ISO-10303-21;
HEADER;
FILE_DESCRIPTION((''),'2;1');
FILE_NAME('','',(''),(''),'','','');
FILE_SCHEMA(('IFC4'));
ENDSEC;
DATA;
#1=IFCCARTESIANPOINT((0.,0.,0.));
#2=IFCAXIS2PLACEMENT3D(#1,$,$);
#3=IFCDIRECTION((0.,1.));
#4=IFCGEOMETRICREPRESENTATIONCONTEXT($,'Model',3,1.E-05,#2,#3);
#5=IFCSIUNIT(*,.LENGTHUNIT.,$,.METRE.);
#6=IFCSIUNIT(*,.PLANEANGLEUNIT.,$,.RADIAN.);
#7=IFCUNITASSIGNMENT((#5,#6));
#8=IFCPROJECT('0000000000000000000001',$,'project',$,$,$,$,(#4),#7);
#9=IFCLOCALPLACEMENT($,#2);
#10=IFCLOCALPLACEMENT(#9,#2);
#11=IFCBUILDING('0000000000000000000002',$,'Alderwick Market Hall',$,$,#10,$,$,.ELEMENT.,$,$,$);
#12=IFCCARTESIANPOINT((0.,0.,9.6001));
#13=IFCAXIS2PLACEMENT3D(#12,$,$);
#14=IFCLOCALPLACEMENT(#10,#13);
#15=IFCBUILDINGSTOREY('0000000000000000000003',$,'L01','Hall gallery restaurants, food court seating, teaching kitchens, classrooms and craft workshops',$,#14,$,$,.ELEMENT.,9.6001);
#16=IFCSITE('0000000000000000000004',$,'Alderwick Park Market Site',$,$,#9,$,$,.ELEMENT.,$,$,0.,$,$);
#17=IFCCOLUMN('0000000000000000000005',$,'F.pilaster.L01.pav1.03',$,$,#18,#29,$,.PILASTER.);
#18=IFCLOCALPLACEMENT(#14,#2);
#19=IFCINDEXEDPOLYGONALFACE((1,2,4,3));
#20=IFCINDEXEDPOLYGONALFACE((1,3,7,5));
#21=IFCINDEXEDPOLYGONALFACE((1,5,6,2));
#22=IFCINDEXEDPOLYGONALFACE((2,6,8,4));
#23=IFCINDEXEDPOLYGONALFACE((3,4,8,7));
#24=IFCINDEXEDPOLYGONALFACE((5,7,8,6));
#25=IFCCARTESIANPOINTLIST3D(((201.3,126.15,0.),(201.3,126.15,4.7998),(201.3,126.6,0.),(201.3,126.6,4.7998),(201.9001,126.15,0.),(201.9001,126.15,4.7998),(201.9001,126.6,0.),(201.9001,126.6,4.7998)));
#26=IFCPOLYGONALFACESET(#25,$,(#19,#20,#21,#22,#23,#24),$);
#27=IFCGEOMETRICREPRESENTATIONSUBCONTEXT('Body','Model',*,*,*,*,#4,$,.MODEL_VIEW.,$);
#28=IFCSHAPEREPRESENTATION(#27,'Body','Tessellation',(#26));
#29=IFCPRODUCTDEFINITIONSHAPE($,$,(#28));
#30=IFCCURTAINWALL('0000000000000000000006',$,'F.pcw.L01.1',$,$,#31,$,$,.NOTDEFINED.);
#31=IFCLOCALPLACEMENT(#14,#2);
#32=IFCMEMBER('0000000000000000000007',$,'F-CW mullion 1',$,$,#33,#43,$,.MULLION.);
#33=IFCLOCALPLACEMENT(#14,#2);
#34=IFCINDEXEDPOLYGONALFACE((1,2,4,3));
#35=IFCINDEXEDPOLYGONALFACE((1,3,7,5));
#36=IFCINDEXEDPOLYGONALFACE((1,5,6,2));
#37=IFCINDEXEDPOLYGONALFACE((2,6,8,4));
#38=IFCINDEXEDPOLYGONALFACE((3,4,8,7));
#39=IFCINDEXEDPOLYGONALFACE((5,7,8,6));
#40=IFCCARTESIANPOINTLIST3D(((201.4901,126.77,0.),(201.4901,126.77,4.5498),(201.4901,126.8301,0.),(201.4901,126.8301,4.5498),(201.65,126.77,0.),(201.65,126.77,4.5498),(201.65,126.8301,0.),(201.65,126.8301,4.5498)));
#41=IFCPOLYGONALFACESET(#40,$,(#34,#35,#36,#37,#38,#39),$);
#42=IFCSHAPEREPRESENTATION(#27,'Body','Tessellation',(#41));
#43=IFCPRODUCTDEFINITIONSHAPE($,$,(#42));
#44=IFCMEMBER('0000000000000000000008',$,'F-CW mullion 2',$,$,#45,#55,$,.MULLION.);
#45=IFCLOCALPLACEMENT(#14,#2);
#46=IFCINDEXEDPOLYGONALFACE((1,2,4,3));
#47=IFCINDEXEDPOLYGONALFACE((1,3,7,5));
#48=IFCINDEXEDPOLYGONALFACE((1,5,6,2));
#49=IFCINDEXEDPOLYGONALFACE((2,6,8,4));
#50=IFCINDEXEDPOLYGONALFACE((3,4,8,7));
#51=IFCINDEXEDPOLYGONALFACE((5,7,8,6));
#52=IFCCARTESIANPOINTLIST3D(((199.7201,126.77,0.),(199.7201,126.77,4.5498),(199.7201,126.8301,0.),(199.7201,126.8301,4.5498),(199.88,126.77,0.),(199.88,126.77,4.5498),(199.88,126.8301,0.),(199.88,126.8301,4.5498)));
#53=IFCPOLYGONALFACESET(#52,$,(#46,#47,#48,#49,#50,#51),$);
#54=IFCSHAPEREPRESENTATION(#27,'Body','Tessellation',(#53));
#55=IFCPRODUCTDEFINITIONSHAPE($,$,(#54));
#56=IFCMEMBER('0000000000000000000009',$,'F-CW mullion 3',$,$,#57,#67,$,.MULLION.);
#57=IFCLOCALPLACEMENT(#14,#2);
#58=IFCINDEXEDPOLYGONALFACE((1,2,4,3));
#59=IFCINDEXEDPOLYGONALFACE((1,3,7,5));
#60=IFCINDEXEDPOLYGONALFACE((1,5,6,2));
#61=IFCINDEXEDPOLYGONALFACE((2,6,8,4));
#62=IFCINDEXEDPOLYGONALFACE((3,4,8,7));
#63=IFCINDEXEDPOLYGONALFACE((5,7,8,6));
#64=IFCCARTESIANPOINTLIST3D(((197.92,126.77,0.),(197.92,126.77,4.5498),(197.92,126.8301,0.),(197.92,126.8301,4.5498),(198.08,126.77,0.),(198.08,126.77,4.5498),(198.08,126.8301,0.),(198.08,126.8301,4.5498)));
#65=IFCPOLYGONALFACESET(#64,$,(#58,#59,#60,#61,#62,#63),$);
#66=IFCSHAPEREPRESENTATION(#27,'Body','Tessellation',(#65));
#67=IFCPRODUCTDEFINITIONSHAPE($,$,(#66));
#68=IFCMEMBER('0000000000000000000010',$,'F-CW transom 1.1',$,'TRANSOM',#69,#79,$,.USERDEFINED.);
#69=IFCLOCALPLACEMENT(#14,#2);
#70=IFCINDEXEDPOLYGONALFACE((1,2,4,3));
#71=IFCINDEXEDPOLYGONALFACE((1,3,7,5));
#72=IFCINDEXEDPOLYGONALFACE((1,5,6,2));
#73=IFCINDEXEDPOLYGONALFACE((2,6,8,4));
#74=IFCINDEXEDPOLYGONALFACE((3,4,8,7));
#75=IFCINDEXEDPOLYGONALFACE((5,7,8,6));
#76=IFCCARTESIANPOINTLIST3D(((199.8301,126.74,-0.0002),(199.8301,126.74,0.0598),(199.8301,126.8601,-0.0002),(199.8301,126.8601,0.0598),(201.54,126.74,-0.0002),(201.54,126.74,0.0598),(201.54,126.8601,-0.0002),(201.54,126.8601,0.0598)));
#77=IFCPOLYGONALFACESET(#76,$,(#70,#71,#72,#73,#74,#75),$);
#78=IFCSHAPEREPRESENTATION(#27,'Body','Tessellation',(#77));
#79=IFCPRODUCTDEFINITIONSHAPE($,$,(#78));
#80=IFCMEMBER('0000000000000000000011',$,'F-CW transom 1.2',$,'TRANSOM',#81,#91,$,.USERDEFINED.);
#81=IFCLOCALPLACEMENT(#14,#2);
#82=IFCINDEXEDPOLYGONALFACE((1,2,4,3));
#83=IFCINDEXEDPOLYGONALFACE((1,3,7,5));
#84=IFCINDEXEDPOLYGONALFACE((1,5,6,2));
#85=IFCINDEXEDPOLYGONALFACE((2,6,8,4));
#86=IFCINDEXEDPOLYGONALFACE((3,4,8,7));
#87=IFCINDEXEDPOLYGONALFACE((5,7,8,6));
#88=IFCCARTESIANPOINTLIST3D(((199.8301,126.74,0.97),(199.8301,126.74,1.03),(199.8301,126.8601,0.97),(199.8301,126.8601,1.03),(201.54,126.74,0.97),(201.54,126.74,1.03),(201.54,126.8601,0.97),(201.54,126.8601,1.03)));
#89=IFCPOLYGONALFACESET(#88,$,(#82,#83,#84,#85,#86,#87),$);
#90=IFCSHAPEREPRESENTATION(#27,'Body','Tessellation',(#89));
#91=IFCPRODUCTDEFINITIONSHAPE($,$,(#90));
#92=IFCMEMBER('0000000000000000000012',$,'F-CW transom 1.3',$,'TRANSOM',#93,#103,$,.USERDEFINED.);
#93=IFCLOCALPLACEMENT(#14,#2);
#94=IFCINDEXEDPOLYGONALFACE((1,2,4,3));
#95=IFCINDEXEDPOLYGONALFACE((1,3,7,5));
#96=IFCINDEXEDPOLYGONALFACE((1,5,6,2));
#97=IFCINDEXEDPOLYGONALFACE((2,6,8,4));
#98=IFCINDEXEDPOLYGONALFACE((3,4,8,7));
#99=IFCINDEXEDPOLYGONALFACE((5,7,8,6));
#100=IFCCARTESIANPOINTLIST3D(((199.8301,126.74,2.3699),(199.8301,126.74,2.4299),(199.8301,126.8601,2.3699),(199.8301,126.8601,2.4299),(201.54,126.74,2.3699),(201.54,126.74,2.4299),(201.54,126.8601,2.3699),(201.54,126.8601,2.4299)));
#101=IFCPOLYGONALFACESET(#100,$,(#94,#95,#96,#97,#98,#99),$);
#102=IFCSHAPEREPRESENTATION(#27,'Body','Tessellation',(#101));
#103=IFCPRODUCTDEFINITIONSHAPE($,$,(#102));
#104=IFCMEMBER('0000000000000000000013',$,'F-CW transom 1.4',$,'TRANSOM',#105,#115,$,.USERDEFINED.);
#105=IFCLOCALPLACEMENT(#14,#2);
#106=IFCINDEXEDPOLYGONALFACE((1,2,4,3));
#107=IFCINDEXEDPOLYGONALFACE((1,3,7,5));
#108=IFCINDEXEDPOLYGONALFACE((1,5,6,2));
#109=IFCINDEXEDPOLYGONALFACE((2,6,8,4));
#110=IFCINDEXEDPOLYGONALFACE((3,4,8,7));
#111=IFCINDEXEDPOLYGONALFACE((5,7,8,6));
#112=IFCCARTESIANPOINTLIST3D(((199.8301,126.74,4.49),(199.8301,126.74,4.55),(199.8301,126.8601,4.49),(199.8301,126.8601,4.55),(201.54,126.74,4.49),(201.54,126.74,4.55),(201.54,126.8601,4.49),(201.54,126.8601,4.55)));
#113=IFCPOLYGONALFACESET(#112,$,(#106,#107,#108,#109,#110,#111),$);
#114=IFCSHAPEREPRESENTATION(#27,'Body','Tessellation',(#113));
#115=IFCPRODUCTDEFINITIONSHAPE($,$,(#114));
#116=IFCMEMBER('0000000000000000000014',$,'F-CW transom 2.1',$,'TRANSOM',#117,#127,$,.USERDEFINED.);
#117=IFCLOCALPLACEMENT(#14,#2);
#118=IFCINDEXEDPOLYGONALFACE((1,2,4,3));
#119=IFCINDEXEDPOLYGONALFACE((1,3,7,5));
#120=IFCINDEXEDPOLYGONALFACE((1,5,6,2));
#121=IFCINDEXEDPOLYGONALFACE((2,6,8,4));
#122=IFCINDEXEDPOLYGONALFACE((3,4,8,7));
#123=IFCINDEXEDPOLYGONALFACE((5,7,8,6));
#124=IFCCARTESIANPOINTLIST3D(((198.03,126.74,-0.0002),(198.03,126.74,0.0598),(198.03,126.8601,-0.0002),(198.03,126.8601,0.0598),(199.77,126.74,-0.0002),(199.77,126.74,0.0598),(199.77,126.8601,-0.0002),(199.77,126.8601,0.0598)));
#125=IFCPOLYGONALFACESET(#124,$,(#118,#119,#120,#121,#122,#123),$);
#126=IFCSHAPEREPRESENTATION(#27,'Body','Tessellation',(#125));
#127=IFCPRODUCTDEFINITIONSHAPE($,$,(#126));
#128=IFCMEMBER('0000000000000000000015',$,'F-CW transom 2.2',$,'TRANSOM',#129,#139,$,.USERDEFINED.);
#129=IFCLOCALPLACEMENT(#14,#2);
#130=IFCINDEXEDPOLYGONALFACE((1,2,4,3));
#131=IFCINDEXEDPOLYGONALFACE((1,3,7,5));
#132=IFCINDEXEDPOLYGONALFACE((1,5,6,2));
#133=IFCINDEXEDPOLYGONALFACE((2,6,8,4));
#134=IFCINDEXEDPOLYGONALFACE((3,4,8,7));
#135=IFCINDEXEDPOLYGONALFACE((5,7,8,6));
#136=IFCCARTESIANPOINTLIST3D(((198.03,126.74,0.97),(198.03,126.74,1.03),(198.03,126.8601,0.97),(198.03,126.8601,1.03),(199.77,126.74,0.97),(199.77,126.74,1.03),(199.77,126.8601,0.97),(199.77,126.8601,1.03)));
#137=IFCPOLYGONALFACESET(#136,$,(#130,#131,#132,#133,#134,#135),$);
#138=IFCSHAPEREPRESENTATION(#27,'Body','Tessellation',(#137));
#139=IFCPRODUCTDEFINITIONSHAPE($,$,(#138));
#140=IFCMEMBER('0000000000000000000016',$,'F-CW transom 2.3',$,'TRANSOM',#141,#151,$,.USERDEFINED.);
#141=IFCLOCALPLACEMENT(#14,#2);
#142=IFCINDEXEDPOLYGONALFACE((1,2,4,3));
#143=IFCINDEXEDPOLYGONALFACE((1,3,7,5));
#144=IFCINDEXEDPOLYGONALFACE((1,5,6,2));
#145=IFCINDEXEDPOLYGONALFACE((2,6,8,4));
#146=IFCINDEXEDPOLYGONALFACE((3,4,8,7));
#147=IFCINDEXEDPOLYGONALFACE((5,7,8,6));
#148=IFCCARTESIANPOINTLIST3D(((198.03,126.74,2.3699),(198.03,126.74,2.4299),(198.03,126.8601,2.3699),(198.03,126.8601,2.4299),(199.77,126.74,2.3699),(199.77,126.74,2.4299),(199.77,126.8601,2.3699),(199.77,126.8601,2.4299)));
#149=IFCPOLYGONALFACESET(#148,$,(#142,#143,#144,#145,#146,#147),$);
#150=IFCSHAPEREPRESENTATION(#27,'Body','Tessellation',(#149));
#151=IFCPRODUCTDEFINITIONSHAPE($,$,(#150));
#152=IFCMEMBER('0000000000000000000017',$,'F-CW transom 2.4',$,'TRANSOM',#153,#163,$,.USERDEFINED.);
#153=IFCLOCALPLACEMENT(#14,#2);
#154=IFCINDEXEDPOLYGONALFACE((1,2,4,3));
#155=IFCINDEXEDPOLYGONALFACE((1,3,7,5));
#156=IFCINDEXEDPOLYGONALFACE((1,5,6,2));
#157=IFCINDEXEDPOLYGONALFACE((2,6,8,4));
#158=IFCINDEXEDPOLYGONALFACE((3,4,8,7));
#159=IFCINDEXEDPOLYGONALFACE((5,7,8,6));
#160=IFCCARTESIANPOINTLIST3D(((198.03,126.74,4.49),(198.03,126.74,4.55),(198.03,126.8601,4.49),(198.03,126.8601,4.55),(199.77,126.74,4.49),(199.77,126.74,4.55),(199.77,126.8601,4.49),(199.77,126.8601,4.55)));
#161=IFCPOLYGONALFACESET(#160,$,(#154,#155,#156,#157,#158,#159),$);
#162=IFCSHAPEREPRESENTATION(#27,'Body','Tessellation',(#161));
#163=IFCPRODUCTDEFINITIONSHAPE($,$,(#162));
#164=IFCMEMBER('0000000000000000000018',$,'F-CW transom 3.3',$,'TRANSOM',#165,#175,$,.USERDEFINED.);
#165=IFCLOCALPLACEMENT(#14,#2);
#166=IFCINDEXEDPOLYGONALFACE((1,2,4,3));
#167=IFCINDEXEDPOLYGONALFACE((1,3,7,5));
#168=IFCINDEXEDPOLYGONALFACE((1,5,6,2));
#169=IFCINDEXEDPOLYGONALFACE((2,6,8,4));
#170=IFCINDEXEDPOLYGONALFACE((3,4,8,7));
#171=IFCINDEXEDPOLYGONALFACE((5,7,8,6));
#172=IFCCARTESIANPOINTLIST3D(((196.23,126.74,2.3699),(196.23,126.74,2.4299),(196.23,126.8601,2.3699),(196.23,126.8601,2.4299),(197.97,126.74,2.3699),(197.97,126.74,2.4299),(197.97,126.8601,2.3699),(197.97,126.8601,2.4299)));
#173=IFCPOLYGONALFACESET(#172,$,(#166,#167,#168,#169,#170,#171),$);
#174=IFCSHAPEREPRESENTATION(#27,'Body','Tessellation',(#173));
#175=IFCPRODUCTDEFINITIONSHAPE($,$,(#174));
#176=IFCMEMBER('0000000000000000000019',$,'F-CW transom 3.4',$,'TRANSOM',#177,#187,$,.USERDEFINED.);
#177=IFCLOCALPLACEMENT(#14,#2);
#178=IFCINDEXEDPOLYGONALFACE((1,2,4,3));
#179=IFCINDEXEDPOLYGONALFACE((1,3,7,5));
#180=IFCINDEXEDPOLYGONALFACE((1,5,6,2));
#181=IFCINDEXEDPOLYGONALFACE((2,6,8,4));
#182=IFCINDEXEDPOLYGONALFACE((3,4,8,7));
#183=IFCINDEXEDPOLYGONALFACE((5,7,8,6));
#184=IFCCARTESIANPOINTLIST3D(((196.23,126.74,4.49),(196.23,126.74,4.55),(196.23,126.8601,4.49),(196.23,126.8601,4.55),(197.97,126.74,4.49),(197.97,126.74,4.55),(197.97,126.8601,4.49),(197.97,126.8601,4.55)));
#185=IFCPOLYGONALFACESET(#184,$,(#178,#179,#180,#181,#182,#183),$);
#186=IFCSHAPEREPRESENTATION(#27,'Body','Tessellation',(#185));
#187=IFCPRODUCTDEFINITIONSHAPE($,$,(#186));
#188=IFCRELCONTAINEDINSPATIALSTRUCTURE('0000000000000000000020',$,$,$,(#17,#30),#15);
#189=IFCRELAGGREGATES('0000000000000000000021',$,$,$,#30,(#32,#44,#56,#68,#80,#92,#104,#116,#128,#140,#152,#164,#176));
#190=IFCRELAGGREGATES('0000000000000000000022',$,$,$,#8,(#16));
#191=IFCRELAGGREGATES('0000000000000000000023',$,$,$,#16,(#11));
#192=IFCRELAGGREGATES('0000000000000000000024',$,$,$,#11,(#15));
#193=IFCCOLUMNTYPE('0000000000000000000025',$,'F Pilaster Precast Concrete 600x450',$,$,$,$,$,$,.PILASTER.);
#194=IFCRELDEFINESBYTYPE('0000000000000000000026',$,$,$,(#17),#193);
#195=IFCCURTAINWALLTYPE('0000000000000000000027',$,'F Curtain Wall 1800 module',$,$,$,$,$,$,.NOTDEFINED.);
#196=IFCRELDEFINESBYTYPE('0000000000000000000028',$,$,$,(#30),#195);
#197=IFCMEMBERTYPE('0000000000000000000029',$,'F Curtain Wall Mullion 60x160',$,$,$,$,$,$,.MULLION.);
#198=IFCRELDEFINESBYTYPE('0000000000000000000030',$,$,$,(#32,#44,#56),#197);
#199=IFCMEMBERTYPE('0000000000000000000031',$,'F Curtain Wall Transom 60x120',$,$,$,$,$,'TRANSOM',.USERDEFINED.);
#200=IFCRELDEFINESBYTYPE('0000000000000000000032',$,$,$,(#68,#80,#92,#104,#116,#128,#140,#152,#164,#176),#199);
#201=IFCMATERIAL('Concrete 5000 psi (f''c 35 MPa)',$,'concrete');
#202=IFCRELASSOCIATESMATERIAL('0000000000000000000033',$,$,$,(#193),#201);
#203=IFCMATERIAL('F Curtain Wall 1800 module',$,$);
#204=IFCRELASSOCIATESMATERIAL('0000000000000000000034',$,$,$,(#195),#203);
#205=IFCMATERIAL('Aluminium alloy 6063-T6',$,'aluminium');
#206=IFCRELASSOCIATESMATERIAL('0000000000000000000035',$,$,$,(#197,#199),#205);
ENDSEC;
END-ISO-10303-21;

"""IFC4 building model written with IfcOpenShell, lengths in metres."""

from ifc_helpers import new_model, si_unit, direction, frame, origin, origin_2d, place, context, subcontext, project, spatial, rectangle, extrude, material, material_profile, profile_set, type_object, element, aggregate, save


model = new_model("IFC4")

# Units and contexts
model_context = context("Model", 3, precision=1e-05, world=origin(), true_north=direction((0.0, 1.0)))
body_context = subcontext(model_context, "Body", "Model", "MODEL_VIEW")
ifc_project = project(units=[si_unit("LENGTHUNIT", "METRE"), si_unit("PLANEANGLEUNIT", "RADIAN")], contexts=[model_context])

# Site, building, storey
site_placement = place(None, origin())
site = spatial("IfcSite", under=ifc_project, at=site_placement, Name="Alderwick Park Market Site", CompositionType="ELEMENT", RefElevation=0.0)
building_placement = place(site_placement, origin())
building = spatial("IfcBuilding", under=site, at=building_placement, Name="Alderwick Market Hall", CompositionType="ELEMENT")
storey_placement = place(building_placement, frame((0.0, 0.0, 9.6001)))
storey = spatial("IfcBuildingStorey", under=building, at=storey_placement, Name="L01", Description="Hall gallery restaurants, food court seating, teaching kitchens, classrooms and craft workshops", CompositionType="ELEMENT", Elevation=9.6001)

# Column
ifc_material_1 = material(Name="Concrete 5000 psi (f'c 35 MPa)", Category="concrete")
ifc_material_profile_1 = material_profile(ifc_material_1, rectangle(XDim=0.6001, YDim=0.45, at=origin_2d()), Name="PC 600x450")
ifc_profile_set_1 = profile_set([ifc_material_profile_1], Name="Concrete 5000 psi (f'c 35 MPa)")
column_type = type_object("IfcColumnType", Name="F Pilaster Precast Concrete 600x450", PredefinedType="PILASTER", material=ifc_profile_set_1)
column_placement = place(storey_placement, frame((201.6001, 126.375, 0.0), z_axis=(0.0, 0.0, 1.0), x_axis=(1.0, 0.0, 0.0)))
element("IfcColumn", 1, at=column_placement, inside=storey, type_object=column_type, Name="F.pilaster.L01.pav1.03", PredefinedType="PILASTER", context=body_context, shape_type="SweptSolid", body=[
    extrude(rectangle(XDim=0.6001, YDim=0.45, at=origin_2d()), origin(), (0.0, 0.0, 1.0), 4.7998),
])

# Curtain wall, members
ifc_material_2 = material(Name="F Curtain Wall 1800 module")
curtain_wall_type = type_object("IfcCurtainWallType", Name="F Curtain Wall 1800 module", PredefinedType="NOTDEFINED", material=ifc_material_2)
curtain_wall_placement = place(storey_placement, origin())
curtain_wall = element("IfcCurtainWall", 2, at=curtain_wall_placement, inside=storey, type_object=curtain_wall_type, Name="F.pcw.L01.1", PredefinedType="NOTDEFINED")
ifc_material_3 = material(Name="Aluminium alloy 6063-T6", Category="aluminium")
ifc_material_profile_2 = material_profile(ifc_material_3, rectangle(XDim=0.0601, YDim=0.1599, at=origin_2d()), Name="AL 60x160")
ifc_profile_set_2 = profile_set([ifc_material_profile_2], Name="Aluminium alloy 6063-T6")
member_type_1 = type_object("IfcMemberType", Name="F Curtain Wall Mullion 60x160", PredefinedType="MULLION", material=ifc_profile_set_2)
member_1_placement = place(storey_placement, frame((201.5701, 126.8, 0.0), z_axis=(0.0, 0.0, 1.0), x_axis=(0.0, -1.0, 0.0)))
member_1 = element("IfcMember", 3, at=member_1_placement, type_object=member_type_1, Name="F-CW mullion 1", PredefinedType="MULLION", context=body_context, shape_type="SweptSolid", body=[
    extrude(rectangle(XDim=0.0601, YDim=0.1599, at=origin_2d()), origin(), (0.0, 0.0, 1.0), 4.5498),
])
member_2_placement = place(storey_placement, frame((199.8, 126.8, 0.0), z_axis=(0.0, 0.0, 1.0), x_axis=(0.0, -1.0, 0.0)))
member_2 = element("IfcMember", 4, at=member_2_placement, type_object=member_type_1, Name="F-CW mullion 2", PredefinedType="MULLION", context=body_context, shape_type="SweptSolid", body=[
    extrude(rectangle(XDim=0.0601, YDim=0.1599, at=origin_2d()), origin(), (0.0, 0.0, 1.0), 4.5498),
])
member_3_placement = place(storey_placement, frame((198.0, 126.8, 0.0), z_axis=(0.0, 0.0, 1.0), x_axis=(0.0, -1.0, 0.0)))
member_3 = element("IfcMember", 5, at=member_3_placement, type_object=member_type_1, Name="F-CW mullion 3", PredefinedType="MULLION", context=body_context, shape_type="SweptSolid", body=[
    extrude(rectangle(XDim=0.0601, YDim=0.1599, at=origin_2d()), origin(), (0.0, 0.0, 1.0), 4.5498),
])
ifc_material_profile_3 = material_profile(ifc_material_3, rectangle(XDim=0.1201, YDim=0.0601, at=origin_2d()), Name="AL 60x120")
ifc_profile_set_3 = profile_set([ifc_material_profile_3], Name="Aluminium alloy 6063-T6")
member_type_2 = type_object("IfcMemberType", Name="F Curtain Wall Transom 60x120", ElementType="TRANSOM", PredefinedType="USERDEFINED", material=ifc_profile_set_3)
member_4_placement = place(storey_placement, frame((201.54, 126.8, 0.0298), z_axis=(-1.0, 0.0, 0.0), x_axis=(0.0, -1.0, 0.0)))
member_4 = element("IfcMember", 6, at=member_4_placement, type_object=member_type_2, Name="F-CW transom 1.1", ObjectType="TRANSOM", PredefinedType="USERDEFINED", context=body_context, shape_type="SweptSolid", body=[
    extrude(rectangle(XDim=0.1201, YDim=0.0601, at=origin_2d()), origin(), (0.0, 0.0, 1.0), 1.71),
])
member_5_placement = place(storey_placement, frame((201.54, 126.8, 1.0), z_axis=(-1.0, 0.0, 0.0), x_axis=(0.0, -1.0, 0.0)))
member_5 = element("IfcMember", 7, at=member_5_placement, type_object=member_type_2, Name="F-CW transom 1.2", ObjectType="TRANSOM", PredefinedType="USERDEFINED", context=body_context, shape_type="SweptSolid", body=[
    extrude(rectangle(XDim=0.1201, YDim=0.0601, at=origin_2d()), origin(), (0.0, 0.0, 1.0), 1.71),
])
member_6_placement = place(storey_placement, frame((201.54, 126.8, 2.3999), z_axis=(-1.0, 0.0, 0.0), x_axis=(0.0, -1.0, 0.0)))
member_6 = element("IfcMember", 8, at=member_6_placement, type_object=member_type_2, Name="F-CW transom 1.3", ObjectType="TRANSOM", PredefinedType="USERDEFINED", context=body_context, shape_type="SweptSolid", body=[
    extrude(rectangle(XDim=0.1201, YDim=0.0601, at=origin_2d()), origin(), (0.0, 0.0, 1.0), 1.71),
])
member_7_placement = place(storey_placement, frame((201.54, 126.8, 4.52), z_axis=(-1.0, 0.0, 0.0), x_axis=(0.0, -1.0, 0.0)))
member_7 = element("IfcMember", 9, at=member_7_placement, type_object=member_type_2, Name="F-CW transom 1.4", ObjectType="TRANSOM", PredefinedType="USERDEFINED", context=body_context, shape_type="SweptSolid", body=[
    extrude(rectangle(XDim=0.1201, YDim=0.0601, at=origin_2d()), origin(), (0.0, 0.0, 1.0), 1.71),
])
member_8_placement = place(storey_placement, frame((199.77, 126.8, 0.0298), z_axis=(-1.0, 0.0, 0.0), x_axis=(0.0, -1.0, 0.0)))
member_8 = element("IfcMember", 10, at=member_8_placement, type_object=member_type_2, Name="F-CW transom 2.1", ObjectType="TRANSOM", PredefinedType="USERDEFINED", context=body_context, shape_type="SweptSolid", body=[
    extrude(rectangle(XDim=0.1201, YDim=0.0601, at=origin_2d()), origin(), (0.0, 0.0, 1.0), 1.74),
])
member_9_placement = place(storey_placement, frame((199.77, 126.8, 1.0), z_axis=(-1.0, 0.0, 0.0), x_axis=(0.0, -1.0, 0.0)))
member_9 = element("IfcMember", 11, at=member_9_placement, type_object=member_type_2, Name="F-CW transom 2.2", ObjectType="TRANSOM", PredefinedType="USERDEFINED", context=body_context, shape_type="SweptSolid", body=[
    extrude(rectangle(XDim=0.1201, YDim=0.0601, at=origin_2d()), origin(), (0.0, 0.0, 1.0), 1.74),
])
member_10_placement = place(storey_placement, frame((199.77, 126.8, 2.3999), z_axis=(-1.0, 0.0, 0.0), x_axis=(0.0, -1.0, 0.0)))
member_10 = element("IfcMember", 12, at=member_10_placement, type_object=member_type_2, Name="F-CW transom 2.3", ObjectType="TRANSOM", PredefinedType="USERDEFINED", context=body_context, shape_type="SweptSolid", body=[
    extrude(rectangle(XDim=0.1201, YDim=0.0601, at=origin_2d()), origin(), (0.0, 0.0, 1.0), 1.74),
])
member_11_placement = place(storey_placement, frame((199.77, 126.8, 4.52), z_axis=(-1.0, 0.0, 0.0), x_axis=(0.0, -1.0, 0.0)))
member_11 = element("IfcMember", 13, at=member_11_placement, type_object=member_type_2, Name="F-CW transom 2.4", ObjectType="TRANSOM", PredefinedType="USERDEFINED", context=body_context, shape_type="SweptSolid", body=[
    extrude(rectangle(XDim=0.1201, YDim=0.0601, at=origin_2d()), origin(), (0.0, 0.0, 1.0), 1.74),
])
member_12_placement = place(storey_placement, frame((197.97, 126.8, 2.3999), z_axis=(-1.0, 0.0, 0.0), x_axis=(0.0, -1.0, 0.0)))
member_12 = element("IfcMember", 14, at=member_12_placement, type_object=member_type_2, Name="F-CW transom 3.3", ObjectType="TRANSOM", PredefinedType="USERDEFINED", context=body_context, shape_type="SweptSolid", body=[
    extrude(rectangle(XDim=0.1201, YDim=0.0601, at=origin_2d()), origin(), (0.0, 0.0, 1.0), 1.74),
])
member_13_placement = place(storey_placement, frame((197.97, 126.8, 4.52), z_axis=(-1.0, 0.0, 0.0), x_axis=(0.0, -1.0, 0.0)))
member_13 = element("IfcMember", 15, at=member_13_placement, type_object=member_type_2, Name="F-CW transom 3.4", ObjectType="TRANSOM", PredefinedType="USERDEFINED", context=body_context, shape_type="SweptSolid", body=[
    extrude(rectangle(XDim=0.1201, YDim=0.0601, at=origin_2d()), origin(), (0.0, 0.0, 1.0), 1.74),
])
aggregate(curtain_wall, [member_1, member_2, member_3, member_4, member_5, member_6, member_7, member_8, member_9, member_10, member_11, member_12, member_13])

save(model, "model.ifc")
